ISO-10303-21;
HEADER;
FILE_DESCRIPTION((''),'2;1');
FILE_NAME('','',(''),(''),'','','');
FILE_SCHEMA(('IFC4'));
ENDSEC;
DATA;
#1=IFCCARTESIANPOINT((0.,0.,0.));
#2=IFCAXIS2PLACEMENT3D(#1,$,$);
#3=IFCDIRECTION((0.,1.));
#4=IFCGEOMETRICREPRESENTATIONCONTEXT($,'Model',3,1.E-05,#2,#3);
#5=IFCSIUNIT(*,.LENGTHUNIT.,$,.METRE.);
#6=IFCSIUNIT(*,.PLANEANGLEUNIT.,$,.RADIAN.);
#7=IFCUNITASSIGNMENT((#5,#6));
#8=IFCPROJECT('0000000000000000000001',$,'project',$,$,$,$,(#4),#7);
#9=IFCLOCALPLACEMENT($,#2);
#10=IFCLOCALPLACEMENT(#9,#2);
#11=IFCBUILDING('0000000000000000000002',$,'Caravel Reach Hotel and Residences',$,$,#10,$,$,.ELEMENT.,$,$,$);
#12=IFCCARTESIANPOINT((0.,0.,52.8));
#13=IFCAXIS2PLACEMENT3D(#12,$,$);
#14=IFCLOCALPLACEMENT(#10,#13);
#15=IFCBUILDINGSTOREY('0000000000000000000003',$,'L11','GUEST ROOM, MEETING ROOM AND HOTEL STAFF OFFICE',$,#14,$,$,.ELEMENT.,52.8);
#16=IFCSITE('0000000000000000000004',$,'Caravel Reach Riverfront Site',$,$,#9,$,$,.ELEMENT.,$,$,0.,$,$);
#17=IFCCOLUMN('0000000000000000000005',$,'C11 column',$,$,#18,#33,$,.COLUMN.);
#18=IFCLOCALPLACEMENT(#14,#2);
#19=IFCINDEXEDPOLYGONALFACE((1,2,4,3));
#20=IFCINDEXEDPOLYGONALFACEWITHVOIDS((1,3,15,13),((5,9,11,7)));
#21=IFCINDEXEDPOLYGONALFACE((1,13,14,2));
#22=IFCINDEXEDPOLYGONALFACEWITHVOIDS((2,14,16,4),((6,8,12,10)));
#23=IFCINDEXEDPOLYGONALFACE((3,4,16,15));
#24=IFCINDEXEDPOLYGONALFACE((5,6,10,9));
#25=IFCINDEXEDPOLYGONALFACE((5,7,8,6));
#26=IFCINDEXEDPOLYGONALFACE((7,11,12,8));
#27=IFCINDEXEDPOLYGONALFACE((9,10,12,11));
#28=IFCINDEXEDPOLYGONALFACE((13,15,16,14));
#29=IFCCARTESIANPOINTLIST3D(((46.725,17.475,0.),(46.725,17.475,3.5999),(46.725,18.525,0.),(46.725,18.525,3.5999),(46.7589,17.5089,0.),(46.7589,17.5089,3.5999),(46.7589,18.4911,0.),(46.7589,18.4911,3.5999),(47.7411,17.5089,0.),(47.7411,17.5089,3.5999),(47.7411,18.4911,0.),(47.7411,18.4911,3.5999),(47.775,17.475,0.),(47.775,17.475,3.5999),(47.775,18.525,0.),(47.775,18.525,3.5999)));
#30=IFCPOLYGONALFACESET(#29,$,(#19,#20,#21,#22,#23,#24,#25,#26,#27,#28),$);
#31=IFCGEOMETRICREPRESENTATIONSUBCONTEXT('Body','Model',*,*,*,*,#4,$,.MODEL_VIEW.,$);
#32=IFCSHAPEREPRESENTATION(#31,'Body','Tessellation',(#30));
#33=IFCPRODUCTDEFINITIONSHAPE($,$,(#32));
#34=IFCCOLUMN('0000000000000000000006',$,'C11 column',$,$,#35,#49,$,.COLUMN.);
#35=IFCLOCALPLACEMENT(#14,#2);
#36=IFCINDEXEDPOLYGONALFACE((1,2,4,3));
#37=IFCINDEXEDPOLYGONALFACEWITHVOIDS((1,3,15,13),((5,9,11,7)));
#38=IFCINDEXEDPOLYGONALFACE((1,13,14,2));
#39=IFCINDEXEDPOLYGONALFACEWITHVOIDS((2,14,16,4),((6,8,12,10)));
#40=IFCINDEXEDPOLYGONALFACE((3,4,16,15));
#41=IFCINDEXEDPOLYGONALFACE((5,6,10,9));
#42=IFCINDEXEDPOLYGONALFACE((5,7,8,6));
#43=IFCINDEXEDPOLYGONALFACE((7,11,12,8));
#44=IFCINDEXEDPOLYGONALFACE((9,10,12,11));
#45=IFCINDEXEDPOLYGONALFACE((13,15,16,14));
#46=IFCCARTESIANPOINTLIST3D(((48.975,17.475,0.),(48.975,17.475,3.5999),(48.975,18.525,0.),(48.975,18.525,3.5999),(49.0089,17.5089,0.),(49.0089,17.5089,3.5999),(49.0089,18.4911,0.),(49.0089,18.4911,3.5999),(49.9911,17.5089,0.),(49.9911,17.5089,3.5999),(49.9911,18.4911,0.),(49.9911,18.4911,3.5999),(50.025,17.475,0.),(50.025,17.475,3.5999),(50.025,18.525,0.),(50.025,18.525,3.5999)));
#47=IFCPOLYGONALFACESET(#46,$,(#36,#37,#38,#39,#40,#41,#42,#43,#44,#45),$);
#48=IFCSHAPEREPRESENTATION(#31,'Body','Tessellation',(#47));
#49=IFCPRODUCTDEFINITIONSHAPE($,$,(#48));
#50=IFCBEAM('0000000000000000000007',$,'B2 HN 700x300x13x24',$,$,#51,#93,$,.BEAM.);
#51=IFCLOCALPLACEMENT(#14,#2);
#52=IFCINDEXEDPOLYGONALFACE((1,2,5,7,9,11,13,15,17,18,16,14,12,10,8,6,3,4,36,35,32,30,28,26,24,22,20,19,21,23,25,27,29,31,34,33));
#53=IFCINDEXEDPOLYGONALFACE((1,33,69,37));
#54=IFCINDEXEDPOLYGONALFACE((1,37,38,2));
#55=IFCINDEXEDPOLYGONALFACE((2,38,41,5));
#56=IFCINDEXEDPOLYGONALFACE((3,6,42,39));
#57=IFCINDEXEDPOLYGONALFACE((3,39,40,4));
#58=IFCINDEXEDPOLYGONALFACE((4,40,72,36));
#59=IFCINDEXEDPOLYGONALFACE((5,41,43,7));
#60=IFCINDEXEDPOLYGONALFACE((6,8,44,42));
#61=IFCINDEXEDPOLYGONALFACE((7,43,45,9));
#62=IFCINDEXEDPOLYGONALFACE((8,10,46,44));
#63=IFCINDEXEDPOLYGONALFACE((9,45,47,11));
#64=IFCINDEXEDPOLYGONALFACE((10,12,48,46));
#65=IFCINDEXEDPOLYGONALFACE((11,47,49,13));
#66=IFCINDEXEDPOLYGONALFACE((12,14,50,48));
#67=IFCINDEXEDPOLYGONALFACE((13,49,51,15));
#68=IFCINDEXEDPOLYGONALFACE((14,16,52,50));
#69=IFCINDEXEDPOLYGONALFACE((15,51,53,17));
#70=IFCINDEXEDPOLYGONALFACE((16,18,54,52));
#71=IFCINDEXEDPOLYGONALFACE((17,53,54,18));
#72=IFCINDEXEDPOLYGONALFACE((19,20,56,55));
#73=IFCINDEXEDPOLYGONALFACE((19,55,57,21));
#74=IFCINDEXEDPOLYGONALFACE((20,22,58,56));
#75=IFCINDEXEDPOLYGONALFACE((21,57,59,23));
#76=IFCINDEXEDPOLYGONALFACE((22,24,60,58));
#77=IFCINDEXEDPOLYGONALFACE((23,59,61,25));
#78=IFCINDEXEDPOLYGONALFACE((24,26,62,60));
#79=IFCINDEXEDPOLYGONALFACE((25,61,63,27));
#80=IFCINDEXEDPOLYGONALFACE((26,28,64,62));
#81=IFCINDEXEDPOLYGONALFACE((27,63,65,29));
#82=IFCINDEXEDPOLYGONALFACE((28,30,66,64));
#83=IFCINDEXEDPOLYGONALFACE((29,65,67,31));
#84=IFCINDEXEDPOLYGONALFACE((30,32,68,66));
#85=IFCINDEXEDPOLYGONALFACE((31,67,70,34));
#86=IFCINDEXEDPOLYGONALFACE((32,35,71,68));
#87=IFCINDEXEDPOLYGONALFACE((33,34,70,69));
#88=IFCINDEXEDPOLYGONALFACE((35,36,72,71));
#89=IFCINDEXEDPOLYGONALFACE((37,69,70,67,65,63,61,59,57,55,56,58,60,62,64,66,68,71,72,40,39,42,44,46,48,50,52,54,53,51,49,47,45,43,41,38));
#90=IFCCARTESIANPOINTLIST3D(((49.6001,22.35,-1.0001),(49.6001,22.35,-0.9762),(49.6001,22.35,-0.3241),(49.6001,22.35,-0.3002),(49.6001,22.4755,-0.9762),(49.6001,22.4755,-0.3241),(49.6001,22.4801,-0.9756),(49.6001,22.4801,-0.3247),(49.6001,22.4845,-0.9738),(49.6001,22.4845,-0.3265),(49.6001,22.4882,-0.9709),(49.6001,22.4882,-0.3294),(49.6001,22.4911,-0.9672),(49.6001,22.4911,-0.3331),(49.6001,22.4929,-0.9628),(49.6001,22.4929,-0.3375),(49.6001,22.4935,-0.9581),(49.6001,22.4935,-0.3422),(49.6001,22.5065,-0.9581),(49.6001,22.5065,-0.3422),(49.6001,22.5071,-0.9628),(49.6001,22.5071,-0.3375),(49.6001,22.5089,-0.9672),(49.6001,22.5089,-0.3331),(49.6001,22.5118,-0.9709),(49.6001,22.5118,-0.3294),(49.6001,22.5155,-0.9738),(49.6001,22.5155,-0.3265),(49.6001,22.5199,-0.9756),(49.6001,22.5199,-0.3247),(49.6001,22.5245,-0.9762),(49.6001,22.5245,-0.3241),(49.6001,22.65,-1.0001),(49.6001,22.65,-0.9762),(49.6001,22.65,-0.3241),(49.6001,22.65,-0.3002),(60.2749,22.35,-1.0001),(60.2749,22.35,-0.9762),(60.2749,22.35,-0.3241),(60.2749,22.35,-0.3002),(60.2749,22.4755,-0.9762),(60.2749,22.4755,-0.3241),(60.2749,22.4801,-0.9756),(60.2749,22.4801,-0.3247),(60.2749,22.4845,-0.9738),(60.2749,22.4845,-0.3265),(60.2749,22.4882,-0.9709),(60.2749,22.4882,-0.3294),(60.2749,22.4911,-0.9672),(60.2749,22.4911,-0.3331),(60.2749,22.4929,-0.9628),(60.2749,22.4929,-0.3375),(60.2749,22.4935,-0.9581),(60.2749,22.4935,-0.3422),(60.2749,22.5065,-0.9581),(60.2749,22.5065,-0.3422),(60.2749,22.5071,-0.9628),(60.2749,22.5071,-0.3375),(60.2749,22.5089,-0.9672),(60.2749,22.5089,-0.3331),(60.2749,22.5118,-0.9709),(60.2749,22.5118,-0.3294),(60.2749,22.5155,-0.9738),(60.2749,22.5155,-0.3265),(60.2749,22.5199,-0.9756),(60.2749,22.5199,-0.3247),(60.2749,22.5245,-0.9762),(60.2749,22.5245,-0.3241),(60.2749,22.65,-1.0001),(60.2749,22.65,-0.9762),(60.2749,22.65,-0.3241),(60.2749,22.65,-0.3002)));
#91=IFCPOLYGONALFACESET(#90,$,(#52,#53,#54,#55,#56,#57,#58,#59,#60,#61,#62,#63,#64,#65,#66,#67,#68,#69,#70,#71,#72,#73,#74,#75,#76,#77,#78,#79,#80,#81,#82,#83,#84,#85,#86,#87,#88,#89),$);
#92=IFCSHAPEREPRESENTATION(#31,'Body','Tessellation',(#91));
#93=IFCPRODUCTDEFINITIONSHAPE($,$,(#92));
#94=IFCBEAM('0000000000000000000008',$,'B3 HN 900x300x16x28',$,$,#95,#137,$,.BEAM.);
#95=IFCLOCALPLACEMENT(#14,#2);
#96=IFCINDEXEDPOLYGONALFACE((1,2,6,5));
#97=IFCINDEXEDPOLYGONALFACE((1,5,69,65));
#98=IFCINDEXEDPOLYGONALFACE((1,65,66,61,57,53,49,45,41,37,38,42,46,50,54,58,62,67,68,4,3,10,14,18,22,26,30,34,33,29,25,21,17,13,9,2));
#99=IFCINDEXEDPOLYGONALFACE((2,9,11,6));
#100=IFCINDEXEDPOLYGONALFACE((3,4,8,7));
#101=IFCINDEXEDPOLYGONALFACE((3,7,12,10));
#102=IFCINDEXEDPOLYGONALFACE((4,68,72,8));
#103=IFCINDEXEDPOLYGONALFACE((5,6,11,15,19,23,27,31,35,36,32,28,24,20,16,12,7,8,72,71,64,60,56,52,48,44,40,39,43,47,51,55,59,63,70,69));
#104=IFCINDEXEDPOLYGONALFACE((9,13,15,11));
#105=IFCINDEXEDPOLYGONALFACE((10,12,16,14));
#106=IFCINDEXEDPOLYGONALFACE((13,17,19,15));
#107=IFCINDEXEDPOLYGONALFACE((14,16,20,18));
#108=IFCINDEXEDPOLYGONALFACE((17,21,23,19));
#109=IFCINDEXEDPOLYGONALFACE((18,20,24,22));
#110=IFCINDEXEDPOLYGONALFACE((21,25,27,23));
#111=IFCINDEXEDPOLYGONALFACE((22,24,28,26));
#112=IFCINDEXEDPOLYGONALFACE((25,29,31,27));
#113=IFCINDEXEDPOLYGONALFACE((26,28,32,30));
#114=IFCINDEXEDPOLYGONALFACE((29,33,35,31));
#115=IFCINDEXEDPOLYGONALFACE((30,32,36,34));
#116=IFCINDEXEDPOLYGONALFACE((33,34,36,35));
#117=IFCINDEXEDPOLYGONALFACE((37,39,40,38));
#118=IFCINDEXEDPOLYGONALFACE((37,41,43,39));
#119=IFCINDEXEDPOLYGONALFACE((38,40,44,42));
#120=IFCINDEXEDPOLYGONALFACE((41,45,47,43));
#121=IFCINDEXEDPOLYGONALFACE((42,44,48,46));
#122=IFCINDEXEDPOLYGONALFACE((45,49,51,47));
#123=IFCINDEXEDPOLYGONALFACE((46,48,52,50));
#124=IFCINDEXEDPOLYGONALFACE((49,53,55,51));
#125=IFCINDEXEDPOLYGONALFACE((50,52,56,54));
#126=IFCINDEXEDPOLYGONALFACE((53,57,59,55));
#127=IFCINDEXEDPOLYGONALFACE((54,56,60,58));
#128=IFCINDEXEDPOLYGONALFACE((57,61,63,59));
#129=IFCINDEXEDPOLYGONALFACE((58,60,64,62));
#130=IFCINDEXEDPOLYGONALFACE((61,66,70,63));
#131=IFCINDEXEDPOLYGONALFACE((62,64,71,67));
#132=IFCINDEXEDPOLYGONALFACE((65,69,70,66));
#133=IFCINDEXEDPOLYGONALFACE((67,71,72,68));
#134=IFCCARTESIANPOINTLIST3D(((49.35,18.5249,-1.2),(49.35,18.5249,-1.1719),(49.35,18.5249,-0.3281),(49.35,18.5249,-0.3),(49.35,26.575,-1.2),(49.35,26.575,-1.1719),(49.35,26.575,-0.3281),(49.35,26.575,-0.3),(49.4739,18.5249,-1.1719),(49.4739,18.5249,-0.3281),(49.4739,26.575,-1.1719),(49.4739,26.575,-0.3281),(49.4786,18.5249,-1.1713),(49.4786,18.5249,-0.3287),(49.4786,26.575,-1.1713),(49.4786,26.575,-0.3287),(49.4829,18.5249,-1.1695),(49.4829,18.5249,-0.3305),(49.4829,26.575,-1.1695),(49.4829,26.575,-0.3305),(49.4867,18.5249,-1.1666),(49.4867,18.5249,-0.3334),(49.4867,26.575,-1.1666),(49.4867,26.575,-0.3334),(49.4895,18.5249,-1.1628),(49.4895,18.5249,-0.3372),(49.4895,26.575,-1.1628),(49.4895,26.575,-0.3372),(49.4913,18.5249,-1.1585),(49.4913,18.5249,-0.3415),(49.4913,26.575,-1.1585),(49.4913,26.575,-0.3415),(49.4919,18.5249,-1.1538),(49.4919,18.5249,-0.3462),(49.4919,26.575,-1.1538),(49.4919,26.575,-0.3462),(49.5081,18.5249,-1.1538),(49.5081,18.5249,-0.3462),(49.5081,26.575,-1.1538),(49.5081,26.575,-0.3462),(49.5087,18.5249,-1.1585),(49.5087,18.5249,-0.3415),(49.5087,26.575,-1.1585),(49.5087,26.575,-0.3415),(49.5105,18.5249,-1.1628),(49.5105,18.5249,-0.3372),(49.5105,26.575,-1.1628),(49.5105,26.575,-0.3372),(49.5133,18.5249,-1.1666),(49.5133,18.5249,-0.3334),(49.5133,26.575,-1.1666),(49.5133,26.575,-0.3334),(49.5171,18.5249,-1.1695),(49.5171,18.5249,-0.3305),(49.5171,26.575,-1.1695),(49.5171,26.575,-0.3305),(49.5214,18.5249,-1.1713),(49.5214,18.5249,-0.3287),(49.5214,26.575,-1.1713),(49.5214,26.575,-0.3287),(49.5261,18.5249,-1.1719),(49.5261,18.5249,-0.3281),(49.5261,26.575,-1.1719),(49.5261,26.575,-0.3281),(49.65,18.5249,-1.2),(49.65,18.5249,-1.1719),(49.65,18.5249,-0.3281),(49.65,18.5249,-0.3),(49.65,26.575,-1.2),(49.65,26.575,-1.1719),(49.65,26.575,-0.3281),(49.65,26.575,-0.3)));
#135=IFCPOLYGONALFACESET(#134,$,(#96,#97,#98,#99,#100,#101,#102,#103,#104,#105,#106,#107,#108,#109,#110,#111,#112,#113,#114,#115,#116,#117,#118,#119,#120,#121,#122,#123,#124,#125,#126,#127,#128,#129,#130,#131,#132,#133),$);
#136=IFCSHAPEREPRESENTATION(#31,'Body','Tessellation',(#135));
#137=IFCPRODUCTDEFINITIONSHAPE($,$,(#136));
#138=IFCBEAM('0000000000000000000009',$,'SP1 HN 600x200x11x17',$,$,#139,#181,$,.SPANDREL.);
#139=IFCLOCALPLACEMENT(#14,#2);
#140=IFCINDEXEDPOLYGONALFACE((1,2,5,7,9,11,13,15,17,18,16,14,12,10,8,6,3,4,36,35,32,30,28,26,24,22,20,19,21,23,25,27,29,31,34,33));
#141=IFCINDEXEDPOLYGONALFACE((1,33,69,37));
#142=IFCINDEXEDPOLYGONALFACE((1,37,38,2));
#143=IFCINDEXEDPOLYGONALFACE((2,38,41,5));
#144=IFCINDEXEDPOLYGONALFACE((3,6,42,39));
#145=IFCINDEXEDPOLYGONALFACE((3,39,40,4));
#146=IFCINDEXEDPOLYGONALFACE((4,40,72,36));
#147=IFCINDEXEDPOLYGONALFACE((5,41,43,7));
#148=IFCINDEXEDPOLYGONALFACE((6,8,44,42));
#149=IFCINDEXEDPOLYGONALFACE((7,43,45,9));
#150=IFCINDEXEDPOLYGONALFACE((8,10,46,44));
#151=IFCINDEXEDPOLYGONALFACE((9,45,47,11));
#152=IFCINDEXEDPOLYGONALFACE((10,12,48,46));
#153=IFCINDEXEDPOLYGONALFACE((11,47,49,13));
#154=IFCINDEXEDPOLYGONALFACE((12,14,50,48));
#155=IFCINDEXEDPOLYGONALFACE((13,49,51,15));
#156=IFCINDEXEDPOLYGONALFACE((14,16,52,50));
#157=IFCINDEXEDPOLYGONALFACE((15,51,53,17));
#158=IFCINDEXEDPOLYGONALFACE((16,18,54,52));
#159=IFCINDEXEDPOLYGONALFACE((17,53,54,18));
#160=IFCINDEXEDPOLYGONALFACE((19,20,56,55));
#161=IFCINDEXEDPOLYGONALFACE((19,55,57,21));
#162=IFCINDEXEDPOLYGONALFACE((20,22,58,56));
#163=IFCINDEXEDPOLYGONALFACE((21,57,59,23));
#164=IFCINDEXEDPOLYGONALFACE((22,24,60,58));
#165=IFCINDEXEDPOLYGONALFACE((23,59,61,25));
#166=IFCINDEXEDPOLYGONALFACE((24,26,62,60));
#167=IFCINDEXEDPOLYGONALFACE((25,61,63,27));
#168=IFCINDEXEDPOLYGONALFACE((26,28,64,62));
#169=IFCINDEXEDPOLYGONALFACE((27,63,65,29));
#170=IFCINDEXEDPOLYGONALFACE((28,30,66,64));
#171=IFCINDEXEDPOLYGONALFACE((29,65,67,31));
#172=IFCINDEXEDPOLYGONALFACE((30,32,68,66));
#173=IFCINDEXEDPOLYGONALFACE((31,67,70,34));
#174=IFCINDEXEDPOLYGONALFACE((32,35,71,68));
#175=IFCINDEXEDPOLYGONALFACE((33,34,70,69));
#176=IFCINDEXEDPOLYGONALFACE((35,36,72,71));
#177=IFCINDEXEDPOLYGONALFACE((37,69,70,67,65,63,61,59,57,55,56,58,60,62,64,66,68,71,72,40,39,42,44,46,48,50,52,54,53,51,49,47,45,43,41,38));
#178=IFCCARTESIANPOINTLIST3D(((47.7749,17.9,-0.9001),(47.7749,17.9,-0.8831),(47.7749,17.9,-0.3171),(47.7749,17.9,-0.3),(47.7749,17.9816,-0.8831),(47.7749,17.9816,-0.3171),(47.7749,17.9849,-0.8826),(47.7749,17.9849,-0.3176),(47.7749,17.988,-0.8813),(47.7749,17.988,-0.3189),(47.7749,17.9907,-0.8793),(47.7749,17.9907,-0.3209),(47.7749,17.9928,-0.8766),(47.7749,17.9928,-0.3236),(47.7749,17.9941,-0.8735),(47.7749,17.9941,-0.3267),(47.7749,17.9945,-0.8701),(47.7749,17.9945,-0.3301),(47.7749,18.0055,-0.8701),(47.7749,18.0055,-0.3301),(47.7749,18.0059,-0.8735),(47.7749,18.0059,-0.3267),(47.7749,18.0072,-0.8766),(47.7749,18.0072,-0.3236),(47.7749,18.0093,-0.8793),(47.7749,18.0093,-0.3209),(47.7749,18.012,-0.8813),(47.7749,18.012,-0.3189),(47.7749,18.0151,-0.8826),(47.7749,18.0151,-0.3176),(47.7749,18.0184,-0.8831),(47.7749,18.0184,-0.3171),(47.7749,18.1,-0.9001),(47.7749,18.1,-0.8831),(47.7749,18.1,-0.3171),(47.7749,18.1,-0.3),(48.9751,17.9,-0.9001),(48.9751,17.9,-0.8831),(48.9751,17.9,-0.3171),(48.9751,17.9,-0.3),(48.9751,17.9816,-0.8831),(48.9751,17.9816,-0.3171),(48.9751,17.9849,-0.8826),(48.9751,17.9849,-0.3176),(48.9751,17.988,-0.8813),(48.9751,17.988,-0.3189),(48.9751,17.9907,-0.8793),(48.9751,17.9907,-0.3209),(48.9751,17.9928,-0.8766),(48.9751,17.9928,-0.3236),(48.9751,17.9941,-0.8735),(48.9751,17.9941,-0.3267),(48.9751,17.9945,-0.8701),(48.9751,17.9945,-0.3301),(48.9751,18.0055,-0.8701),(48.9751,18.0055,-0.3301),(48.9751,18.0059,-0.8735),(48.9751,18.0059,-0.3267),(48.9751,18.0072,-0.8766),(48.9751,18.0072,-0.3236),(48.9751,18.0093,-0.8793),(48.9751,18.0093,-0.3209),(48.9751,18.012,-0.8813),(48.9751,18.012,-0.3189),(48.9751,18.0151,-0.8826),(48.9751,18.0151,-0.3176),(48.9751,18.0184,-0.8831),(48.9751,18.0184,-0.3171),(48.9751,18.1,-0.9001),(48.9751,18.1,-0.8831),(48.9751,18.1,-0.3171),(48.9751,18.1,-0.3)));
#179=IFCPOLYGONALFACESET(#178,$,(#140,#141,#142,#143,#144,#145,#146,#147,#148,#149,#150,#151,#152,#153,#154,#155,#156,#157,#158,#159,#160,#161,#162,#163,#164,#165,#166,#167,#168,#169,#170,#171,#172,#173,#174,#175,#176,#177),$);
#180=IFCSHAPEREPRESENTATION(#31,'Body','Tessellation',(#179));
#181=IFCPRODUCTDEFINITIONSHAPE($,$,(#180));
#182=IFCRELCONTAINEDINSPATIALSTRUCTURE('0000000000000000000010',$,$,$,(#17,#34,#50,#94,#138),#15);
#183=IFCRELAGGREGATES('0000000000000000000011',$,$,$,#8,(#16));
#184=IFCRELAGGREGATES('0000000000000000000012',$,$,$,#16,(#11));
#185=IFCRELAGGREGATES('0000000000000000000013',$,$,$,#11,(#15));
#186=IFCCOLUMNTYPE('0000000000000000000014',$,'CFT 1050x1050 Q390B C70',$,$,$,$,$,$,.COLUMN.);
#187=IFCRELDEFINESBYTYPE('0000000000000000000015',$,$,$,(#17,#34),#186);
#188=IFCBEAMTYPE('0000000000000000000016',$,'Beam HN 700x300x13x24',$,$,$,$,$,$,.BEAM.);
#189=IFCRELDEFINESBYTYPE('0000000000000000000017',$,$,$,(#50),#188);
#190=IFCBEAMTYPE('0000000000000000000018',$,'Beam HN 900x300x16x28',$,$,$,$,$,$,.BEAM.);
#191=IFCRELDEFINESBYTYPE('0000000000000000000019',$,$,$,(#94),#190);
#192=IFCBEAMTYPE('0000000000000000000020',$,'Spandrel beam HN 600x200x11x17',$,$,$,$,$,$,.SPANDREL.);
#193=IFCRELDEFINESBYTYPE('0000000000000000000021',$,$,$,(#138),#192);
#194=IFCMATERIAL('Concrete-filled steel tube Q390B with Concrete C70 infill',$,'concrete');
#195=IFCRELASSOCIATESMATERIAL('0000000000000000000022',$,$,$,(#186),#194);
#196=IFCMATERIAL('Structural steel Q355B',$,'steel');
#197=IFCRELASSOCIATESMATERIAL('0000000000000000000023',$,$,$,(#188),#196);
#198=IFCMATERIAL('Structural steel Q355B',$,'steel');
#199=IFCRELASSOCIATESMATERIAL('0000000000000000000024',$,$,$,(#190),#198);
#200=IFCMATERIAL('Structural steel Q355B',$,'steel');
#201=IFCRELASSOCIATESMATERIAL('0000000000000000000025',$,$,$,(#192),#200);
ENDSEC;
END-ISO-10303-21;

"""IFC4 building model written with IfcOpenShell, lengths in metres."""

from ifc_helpers import new_model, si_unit, direction, frame, origin, origin_2d, place, context, subcontext, project, spatial, hollow_rectangle, i_section, extrude, material, material_profile, profile_set, type_object, element, save


model = new_model("IFC4")

# Units and contexts
model_context = context("Model", 3, precision=1e-05, world=origin(), true_north=direction((0.0, 1.0)))
body_context = subcontext(model_context, "Body", "Model", "MODEL_VIEW")
ifc_project = project(units=[si_unit("LENGTHUNIT", "METRE"), si_unit("PLANEANGLEUNIT", "RADIAN")], contexts=[model_context])

# Site, building, storey
site_placement = place(None, origin())
site = spatial("IfcSite", under=ifc_project, at=site_placement, Name="Caravel Reach Riverfront Site", CompositionType="ELEMENT", RefElevation=0.0)
building_placement = place(site_placement, origin())
building = spatial("IfcBuilding", under=site, at=building_placement, Name="Caravel Reach Hotel and Residences", CompositionType="ELEMENT")
storey_placement = place(building_placement, frame((0.0, 0.0, 52.8)))
storey = spatial("IfcBuildingStorey", under=building, at=storey_placement, Name="L11", Description="GUEST ROOM, MEETING ROOM AND HOTEL STAFF OFFICE", CompositionType="ELEMENT", Elevation=52.8)

# Columns
ifc_material_1 = material(Name="Concrete-filled steel tube Q390B with Concrete C70 infill", Category="concrete")
ifc_material_profile_1 = material_profile(ifc_material_1, hollow_rectangle(XDim=1.05, YDim=1.05, WallThickness=0.0339, at=origin_2d()), Name="RHS 1050x1050x34")
ifc_profile_set_1 = profile_set([ifc_material_profile_1], Name="Concrete-filled steel tube Q390B with Concrete C70 infill")
column_type = type_object("IfcColumnType", Name="CFT 1050x1050 Q390B C70", PredefinedType="COLUMN", material=ifc_profile_set_1)
for number, where, z_axis, x_axis, name in (
    (1, (47.25, 18.0, 0.0), (0.0, 0.0, 1.0), (1.0, 0.0, 0.0), "C11 column"),
    (2, (49.5, 18.0, 0.0), (0.0, 0.0, 1.0), (1.0, 0.0, 0.0), "C11 column"),
):
    element("IfcColumn", number, at=place(storey_placement, frame(where, z_axis=z_axis, x_axis=x_axis)), inside=storey, type_object=column_type, Name=name, PredefinedType="COLUMN", context=body_context, shape_type="SweptSolid", body=[
        extrude(hollow_rectangle(XDim=1.05, YDim=1.05, WallThickness=0.0339, at=origin_2d()), origin(), (0.0, 0.0, 1.0), 3.5999),
    ])

# Beams
ifc_material_2 = material(Name="Structural steel Q355B", Category="steel")
ifc_material_profile_2 = material_profile(ifc_material_2, i_section(OverallWidth=0.3, OverallDepth=0.7, WebThickness=0.0129, FlangeThickness=0.0239, FilletRadius=0.0181, at=origin_2d()), Name="HN 700x300x13x24")
ifc_profile_set_2 = profile_set([ifc_material_profile_2], Name="Structural steel Q355B")
beam_type_1 = type_object("IfcBeamType", Name="Beam HN 700x300x13x24", PredefinedType="BEAM", material=ifc_profile_set_2)
beam_1_placement = place(storey_placement, frame((49.6001, 22.5, -0.6501), z_axis=(1.0, 0.0, 0.0), x_axis=(0.0, 1.0, 0.0)))
element("IfcBeam", 3, at=beam_1_placement, inside=storey, type_object=beam_type_1, Name="B2 HN 700x300x13x24", PredefinedType="BEAM", context=body_context, shape_type="SweptSolid", body=[
    extrude(i_section(OverallWidth=0.3, OverallDepth=0.7, WebThickness=0.0129, FlangeThickness=0.0239, FilletRadius=0.0181, at=origin_2d()), origin(), (0.0, 0.0, 1.0), 10.6748),
])
ifc_material_3 = material(Name="Structural steel Q355B", Category="steel")
ifc_material_profile_3 = material_profile(ifc_material_3, i_section(OverallWidth=0.3, OverallDepth=0.8999, WebThickness=0.0161, FlangeThickness=0.0281, FilletRadius=0.0181, at=origin_2d()), Name="HN 900x300x16x28")
ifc_profile_set_3 = profile_set([ifc_material_profile_3], Name="Structural steel Q355B")
beam_type_2 = type_object("IfcBeamType", Name="Beam HN 900x300x16x28", PredefinedType="BEAM", material=ifc_profile_set_3)
beam_2_placement = place(storey_placement, frame((49.5, 18.5249, -0.75), z_axis=(0.0, 1.0, 0.0), x_axis=(-1.0, 0.0, 0.0)))
element("IfcBeam", 4, at=beam_2_placement, inside=storey, type_object=beam_type_2, Name="B3 HN 900x300x16x28", PredefinedType="BEAM", context=body_context, shape_type="SweptSolid", body=[
    extrude(i_section(OverallWidth=0.3, OverallDepth=0.8999, WebThickness=0.0161, FlangeThickness=0.0281, FilletRadius=0.0181, at=origin_2d()), origin(), (0.0, 0.0, 1.0), 8.05),
])
ifc_material_4 = material(Name="Structural steel Q355B", Category="steel")
ifc_material_profile_4 = material_profile(ifc_material_4, i_section(OverallWidth=0.2, OverallDepth=0.6001, WebThickness=0.011, FlangeThickness=0.0171, FilletRadius=0.0129, at=origin_2d()), Name="HN 600x200x11x17")
ifc_profile_set_4 = profile_set([ifc_material_profile_4], Name="Structural steel Q355B")
beam_type_3 = type_object("IfcBeamType", Name="Spandrel beam HN 600x200x11x17", PredefinedType="SPANDREL", material=ifc_profile_set_4)
beam_3_placement = place(storey_placement, frame((47.7749, 18.0, -0.6001), z_axis=(1.0, 0.0, 0.0), x_axis=(0.0, 1.0, 0.0)))
element("IfcBeam", 5, at=beam_3_placement, inside=storey, type_object=beam_type_3, Name="SP1 HN 600x200x11x17", PredefinedType="SPANDREL", context=body_context, shape_type="SweptSolid", body=[
    extrude(i_section(OverallWidth=0.2, OverallDepth=0.6001, WebThickness=0.011, FlangeThickness=0.0171, FilletRadius=0.0129, at=origin_2d()), origin(), (0.0, 0.0, 1.0), 1.2002),
])

save(model, "model.ifc")
